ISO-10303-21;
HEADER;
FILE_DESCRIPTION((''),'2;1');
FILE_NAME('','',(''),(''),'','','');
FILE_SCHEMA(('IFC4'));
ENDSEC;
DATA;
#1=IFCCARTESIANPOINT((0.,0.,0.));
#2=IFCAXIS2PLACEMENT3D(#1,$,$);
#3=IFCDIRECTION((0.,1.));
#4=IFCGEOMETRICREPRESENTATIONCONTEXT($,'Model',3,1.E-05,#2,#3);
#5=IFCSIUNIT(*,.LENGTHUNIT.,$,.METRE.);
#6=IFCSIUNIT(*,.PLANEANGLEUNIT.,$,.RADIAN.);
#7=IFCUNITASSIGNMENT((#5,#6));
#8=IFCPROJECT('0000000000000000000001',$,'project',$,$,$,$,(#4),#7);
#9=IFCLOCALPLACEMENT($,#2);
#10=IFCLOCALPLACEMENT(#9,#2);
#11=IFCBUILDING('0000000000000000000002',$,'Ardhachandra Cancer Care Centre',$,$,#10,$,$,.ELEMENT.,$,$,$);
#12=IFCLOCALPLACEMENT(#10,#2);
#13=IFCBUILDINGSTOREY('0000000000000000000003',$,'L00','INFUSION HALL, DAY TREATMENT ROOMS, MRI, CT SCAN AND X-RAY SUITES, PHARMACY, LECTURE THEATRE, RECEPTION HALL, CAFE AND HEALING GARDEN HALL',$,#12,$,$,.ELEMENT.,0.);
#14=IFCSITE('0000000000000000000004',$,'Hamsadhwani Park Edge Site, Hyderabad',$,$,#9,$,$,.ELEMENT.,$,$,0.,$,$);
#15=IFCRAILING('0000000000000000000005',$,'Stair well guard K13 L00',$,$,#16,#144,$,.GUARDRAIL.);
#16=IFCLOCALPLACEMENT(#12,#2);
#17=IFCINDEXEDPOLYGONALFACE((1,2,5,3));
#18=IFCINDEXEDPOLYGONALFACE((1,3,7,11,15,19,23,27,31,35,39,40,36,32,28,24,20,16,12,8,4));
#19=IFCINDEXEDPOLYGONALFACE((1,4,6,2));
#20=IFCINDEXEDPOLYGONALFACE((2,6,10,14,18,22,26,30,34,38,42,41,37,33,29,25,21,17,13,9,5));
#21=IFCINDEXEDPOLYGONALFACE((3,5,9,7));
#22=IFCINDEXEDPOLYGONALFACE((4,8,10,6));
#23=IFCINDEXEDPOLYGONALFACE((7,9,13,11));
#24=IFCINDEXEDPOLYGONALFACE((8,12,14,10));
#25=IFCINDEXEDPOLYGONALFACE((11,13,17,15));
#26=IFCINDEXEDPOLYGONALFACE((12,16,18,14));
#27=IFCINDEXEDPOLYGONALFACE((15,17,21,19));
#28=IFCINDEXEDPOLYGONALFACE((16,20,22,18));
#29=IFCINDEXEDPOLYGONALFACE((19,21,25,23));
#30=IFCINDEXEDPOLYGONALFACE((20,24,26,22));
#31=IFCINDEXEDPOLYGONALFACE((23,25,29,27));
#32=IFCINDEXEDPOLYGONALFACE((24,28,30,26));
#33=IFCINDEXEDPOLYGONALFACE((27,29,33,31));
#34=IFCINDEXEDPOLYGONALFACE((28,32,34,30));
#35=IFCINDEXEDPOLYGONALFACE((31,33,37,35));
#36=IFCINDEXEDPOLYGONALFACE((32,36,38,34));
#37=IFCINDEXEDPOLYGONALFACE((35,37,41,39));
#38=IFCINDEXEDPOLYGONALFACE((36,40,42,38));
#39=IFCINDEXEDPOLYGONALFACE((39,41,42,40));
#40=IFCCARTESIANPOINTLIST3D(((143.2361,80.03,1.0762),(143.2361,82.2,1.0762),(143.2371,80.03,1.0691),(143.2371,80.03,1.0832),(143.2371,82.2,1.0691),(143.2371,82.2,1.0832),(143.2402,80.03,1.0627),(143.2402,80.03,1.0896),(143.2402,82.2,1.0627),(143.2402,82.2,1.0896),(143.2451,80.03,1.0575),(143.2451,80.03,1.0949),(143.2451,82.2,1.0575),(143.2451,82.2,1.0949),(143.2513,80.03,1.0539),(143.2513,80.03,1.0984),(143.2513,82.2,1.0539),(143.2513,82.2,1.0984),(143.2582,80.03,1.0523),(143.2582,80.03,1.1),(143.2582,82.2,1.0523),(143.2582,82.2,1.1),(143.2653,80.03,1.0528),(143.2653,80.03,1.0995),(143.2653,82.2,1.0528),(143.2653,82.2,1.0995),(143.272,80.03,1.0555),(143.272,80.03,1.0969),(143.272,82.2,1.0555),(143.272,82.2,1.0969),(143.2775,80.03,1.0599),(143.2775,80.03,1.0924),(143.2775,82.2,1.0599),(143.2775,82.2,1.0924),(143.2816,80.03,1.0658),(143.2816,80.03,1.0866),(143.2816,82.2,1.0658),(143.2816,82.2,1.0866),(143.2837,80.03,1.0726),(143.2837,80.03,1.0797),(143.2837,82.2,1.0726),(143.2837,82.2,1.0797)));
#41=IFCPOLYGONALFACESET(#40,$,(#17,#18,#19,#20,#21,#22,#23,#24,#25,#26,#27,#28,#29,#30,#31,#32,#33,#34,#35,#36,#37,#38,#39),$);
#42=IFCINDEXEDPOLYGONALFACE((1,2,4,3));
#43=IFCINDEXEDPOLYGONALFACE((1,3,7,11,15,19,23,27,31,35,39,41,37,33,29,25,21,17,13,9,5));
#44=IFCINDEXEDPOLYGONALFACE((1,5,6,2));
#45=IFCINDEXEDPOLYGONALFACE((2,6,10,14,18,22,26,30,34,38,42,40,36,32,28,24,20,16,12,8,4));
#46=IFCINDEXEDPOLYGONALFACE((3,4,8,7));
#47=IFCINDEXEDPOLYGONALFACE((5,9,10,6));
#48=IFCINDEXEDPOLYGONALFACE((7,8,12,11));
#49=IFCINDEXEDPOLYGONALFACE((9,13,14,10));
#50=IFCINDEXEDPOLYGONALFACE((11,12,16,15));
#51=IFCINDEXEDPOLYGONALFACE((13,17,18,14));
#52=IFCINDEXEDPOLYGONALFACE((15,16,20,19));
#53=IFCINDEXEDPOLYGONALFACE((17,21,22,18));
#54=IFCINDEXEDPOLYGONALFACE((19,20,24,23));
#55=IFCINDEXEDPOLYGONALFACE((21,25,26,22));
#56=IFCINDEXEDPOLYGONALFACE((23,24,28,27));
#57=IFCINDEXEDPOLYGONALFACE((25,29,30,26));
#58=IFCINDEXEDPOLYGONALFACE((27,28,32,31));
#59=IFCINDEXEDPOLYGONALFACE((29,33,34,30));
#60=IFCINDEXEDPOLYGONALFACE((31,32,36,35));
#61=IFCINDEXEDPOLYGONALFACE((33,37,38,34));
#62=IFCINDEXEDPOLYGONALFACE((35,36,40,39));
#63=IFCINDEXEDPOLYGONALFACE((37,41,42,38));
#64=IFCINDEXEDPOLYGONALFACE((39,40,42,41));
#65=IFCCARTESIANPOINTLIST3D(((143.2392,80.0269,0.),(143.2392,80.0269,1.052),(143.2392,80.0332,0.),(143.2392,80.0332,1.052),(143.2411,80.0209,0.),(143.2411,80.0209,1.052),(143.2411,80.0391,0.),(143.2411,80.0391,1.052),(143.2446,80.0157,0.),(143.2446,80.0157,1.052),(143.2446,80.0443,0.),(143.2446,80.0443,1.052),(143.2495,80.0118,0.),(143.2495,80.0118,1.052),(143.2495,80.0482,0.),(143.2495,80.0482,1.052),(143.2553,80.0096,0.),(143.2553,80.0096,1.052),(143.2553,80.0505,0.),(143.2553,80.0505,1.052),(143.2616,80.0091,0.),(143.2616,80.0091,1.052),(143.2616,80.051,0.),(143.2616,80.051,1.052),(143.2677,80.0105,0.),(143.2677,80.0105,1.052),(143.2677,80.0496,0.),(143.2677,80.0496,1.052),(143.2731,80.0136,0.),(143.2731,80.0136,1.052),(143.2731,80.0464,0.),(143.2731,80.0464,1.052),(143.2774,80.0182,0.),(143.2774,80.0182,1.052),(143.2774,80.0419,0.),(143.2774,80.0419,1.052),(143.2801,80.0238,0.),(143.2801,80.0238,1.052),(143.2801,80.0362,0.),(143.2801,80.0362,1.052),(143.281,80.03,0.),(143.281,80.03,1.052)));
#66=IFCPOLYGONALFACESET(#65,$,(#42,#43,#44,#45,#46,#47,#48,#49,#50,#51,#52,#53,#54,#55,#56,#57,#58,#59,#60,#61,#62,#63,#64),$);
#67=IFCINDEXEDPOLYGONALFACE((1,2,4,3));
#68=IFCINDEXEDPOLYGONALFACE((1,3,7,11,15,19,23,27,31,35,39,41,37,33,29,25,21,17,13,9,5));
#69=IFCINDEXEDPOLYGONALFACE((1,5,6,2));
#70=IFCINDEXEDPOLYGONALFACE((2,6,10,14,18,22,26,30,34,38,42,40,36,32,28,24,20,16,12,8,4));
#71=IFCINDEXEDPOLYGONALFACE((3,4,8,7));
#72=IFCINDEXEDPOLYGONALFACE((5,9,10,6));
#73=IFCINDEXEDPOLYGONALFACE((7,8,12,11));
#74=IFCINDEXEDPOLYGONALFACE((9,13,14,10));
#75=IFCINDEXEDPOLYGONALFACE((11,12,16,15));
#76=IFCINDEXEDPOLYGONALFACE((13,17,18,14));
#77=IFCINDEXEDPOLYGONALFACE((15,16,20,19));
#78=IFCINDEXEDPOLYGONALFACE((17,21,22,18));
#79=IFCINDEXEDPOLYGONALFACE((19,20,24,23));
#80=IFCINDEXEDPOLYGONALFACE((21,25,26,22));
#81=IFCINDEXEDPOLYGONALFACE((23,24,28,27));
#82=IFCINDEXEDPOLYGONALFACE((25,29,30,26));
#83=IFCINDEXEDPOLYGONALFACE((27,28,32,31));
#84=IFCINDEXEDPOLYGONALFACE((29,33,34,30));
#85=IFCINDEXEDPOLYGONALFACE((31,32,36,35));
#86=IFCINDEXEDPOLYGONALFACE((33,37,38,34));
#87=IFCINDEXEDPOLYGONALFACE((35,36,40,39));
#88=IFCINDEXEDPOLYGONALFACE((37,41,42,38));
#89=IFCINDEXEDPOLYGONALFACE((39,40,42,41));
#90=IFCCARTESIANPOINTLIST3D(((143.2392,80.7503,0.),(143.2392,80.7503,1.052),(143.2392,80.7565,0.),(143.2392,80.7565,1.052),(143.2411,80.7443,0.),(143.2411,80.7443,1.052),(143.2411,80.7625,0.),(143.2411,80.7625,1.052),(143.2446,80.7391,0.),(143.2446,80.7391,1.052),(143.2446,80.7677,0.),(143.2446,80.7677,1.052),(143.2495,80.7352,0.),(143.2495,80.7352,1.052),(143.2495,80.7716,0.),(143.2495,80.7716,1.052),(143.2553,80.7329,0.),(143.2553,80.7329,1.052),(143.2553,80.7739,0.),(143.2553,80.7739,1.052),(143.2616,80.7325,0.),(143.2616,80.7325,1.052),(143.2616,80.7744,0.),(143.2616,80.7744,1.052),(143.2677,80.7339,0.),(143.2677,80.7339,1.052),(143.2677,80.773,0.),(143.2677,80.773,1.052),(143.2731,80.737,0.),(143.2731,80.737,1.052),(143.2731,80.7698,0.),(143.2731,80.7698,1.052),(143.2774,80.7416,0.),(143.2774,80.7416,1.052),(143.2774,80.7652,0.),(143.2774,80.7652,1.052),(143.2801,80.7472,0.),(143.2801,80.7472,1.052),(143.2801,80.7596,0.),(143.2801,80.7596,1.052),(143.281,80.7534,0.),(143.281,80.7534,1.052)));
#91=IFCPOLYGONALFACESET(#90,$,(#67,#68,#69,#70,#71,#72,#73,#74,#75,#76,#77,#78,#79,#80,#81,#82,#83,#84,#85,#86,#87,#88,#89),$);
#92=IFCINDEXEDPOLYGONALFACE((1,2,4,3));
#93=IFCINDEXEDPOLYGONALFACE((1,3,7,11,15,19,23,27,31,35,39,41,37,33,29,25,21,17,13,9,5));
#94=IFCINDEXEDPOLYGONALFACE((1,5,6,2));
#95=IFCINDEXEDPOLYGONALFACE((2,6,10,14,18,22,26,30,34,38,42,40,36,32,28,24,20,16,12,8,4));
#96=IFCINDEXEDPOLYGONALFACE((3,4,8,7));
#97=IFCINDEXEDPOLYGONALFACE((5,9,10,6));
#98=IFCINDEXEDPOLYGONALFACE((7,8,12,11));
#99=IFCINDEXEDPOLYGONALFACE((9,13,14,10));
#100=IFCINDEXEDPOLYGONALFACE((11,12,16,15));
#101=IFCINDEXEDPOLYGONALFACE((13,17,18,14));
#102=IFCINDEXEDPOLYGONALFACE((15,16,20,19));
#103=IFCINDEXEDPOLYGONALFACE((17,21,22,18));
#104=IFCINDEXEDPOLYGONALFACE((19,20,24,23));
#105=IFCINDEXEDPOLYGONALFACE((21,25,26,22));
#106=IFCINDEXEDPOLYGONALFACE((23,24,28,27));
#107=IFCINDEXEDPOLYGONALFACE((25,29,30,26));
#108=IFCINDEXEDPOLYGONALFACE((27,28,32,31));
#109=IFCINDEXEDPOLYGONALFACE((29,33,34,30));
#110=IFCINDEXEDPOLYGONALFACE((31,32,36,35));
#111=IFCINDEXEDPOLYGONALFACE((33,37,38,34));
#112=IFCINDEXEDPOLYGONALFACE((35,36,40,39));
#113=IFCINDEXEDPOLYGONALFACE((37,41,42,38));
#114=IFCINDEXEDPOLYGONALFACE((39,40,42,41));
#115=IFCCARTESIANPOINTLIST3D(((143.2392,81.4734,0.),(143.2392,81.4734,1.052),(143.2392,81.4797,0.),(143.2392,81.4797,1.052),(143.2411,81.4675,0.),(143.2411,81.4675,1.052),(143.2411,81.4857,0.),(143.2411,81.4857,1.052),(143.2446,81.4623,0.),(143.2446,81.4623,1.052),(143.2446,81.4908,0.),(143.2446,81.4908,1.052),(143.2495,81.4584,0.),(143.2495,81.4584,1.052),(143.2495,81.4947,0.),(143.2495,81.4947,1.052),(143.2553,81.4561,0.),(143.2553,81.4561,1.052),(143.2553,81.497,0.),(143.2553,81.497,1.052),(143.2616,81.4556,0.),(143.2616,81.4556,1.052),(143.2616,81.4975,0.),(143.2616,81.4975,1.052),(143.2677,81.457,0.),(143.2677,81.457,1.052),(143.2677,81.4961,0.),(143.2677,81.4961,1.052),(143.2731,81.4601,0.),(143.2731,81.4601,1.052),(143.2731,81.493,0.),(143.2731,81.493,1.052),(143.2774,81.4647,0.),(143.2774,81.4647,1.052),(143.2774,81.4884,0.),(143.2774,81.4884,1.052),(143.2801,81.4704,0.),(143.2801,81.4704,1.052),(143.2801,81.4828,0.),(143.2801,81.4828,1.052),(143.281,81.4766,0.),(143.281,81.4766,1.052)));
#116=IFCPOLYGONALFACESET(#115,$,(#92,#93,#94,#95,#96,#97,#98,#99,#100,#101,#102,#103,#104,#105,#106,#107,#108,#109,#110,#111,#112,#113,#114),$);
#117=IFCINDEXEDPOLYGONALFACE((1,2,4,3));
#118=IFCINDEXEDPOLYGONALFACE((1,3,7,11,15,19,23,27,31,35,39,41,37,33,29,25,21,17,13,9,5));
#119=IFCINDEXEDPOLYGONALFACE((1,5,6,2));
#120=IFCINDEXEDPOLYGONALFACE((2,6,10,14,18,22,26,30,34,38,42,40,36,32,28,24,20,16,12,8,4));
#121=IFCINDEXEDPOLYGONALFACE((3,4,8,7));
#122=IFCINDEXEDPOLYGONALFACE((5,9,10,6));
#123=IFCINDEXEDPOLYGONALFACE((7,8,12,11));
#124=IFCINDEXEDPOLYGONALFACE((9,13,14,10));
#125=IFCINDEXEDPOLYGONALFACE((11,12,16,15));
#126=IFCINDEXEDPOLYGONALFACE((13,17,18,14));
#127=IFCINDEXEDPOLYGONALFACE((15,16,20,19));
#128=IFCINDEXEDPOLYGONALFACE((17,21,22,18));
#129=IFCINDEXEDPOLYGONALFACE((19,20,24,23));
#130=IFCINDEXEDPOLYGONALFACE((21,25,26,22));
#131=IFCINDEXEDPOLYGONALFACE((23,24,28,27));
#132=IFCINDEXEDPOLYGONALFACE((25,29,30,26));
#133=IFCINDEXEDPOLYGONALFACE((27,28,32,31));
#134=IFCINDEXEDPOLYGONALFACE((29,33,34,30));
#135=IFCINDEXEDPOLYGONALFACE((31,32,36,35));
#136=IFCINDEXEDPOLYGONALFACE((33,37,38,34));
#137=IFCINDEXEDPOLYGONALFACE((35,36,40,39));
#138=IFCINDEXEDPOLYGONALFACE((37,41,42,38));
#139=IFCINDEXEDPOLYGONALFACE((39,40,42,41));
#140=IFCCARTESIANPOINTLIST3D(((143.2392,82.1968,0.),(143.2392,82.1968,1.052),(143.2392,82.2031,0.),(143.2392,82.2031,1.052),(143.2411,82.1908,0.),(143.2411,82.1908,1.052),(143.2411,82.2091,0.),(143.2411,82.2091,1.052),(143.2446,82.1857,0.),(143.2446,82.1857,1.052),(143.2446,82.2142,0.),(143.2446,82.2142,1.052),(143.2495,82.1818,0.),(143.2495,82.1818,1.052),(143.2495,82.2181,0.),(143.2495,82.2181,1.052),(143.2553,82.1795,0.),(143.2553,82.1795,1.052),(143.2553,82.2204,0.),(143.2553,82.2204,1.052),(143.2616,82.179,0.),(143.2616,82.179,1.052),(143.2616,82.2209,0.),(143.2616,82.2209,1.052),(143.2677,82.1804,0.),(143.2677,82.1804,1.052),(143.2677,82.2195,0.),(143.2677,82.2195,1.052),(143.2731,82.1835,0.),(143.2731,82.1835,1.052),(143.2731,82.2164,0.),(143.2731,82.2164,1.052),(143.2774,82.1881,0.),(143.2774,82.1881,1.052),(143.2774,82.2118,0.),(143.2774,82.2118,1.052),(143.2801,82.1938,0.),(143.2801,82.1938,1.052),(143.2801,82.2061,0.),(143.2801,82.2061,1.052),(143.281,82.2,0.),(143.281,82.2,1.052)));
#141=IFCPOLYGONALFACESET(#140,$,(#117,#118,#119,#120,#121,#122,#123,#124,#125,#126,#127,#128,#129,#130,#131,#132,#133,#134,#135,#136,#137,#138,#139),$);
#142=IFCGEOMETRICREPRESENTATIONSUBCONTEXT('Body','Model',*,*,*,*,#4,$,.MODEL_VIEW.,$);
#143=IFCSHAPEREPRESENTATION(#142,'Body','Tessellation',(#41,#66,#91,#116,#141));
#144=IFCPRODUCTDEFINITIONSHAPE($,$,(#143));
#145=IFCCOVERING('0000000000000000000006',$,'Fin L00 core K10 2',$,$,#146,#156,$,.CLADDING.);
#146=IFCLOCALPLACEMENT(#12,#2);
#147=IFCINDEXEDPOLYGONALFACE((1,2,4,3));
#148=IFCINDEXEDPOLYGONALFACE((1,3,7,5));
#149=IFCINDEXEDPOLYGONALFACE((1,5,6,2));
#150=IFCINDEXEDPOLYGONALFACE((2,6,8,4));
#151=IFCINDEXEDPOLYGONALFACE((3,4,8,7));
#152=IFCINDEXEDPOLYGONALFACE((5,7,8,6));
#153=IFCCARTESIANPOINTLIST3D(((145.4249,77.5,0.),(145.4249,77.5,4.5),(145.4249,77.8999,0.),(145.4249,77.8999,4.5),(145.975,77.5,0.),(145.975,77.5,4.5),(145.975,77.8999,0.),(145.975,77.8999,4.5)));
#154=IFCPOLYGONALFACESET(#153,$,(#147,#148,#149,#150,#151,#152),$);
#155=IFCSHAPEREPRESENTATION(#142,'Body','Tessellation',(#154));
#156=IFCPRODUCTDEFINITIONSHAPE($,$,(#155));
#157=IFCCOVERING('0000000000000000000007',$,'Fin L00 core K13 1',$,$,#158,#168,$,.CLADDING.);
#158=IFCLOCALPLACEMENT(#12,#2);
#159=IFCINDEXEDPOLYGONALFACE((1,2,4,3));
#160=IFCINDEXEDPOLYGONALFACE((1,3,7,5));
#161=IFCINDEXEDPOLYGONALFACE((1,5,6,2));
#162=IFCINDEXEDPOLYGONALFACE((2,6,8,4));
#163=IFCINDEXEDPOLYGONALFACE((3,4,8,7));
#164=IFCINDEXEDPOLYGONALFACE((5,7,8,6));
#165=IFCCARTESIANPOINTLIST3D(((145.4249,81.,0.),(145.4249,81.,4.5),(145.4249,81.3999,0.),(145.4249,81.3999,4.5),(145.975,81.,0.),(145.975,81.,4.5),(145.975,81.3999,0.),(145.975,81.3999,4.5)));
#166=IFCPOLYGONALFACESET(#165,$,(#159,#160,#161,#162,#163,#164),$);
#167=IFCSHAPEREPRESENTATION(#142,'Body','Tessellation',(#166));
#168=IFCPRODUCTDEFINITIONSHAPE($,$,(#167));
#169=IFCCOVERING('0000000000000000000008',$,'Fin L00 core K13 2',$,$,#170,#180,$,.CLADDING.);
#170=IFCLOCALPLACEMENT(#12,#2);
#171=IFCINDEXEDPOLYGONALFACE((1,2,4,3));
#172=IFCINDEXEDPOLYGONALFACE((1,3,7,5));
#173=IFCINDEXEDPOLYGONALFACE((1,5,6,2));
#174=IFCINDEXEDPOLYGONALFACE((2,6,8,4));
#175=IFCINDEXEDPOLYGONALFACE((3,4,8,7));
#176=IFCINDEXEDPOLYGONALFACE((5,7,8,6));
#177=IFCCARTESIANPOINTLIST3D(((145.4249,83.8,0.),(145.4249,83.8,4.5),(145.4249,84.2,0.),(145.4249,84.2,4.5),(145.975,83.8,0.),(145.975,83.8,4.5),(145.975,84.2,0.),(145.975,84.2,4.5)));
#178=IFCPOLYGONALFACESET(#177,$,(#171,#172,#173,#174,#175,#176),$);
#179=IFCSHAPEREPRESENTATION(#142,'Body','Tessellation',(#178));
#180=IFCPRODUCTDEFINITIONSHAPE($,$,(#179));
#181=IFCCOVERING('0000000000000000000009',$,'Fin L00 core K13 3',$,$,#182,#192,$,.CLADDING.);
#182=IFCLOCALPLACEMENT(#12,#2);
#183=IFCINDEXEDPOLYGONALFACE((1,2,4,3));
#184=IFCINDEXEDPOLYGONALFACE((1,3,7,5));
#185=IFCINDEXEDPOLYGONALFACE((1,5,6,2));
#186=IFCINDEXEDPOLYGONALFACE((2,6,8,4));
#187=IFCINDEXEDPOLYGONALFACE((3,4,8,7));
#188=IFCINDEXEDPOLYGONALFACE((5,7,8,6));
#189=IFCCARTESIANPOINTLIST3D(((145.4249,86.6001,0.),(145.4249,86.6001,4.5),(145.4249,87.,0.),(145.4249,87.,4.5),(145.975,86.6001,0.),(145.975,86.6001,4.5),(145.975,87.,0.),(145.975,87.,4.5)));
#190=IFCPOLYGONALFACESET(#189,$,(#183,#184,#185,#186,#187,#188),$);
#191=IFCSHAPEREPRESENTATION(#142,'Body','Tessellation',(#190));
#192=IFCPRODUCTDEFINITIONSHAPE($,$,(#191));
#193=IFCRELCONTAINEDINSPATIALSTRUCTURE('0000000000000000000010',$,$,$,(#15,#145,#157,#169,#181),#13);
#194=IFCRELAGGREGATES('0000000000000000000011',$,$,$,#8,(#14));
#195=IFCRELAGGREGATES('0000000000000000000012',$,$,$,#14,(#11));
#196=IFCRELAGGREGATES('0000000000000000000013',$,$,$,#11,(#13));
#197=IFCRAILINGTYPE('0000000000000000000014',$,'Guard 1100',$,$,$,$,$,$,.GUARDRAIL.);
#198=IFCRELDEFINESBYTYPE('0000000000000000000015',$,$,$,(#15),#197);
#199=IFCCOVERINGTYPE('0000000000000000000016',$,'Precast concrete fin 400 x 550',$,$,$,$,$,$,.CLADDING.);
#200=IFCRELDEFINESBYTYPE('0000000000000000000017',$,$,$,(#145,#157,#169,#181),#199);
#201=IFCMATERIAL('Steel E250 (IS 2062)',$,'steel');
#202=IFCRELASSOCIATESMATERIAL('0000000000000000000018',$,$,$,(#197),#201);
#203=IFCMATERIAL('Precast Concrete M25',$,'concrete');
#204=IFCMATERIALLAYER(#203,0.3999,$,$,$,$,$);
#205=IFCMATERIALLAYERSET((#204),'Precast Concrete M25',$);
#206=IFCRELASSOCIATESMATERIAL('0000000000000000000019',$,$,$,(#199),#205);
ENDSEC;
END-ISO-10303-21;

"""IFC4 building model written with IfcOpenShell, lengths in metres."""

from ifc_helpers import new_model, si_unit, direction, frame, origin, origin_2d, place, context, subcontext, project, spatial, rectangle, circle, extrude, material, layer, layer_set, type_object, element, save


model = new_model("IFC4")

# Units and contexts
model_context = context("Model", 3, precision=1e-05, world=origin(), true_north=direction((0.0, 1.0)))
body_context = subcontext(model_context, "Body", "Model", "MODEL_VIEW")
ifc_project = project(units=[si_unit("LENGTHUNIT", "METRE"), si_unit("PLANEANGLEUNIT", "RADIAN")], contexts=[model_context])

# Site, building, storey
site_placement = place(None, origin())
site = spatial("IfcSite", under=ifc_project, at=site_placement, Name="Hamsadhwani Park Edge Site, Hyderabad", CompositionType="ELEMENT", RefElevation=0.0)
building_placement = place(site_placement, origin())
building = spatial("IfcBuilding", under=site, at=building_placement, Name="Ardhachandra Cancer Care Centre", CompositionType="ELEMENT")
storey_placement = place(building_placement, origin())
storey = spatial("IfcBuildingStorey", under=building, at=storey_placement, Name="L00", Description="INFUSION HALL, DAY TREATMENT ROOMS, MRI, CT SCAN AND X-RAY SUITES, PHARMACY, LECTURE THEATRE, RECEPTION HALL, CAFE AND HEALING GARDEN HALL", CompositionType="ELEMENT", Elevation=0.0)

# Railing
ifc_material_1 = material(Name="Steel E250 (IS 2062)", Category="steel")
railing_type_1 = type_object("IfcRailingType", Name="Guard 1100", PredefinedType="GUARDRAIL", material=ifc_material_1)
railing_1_placement = place(storey_placement, frame((143.26, 80.03, 0.0)))
element("IfcRailing", 1, at=railing_1_placement, inside=storey, type_object=railing_type_1, Name="Stair well guard K13 L00", PredefinedType="GUARDRAIL", context=body_context, shape_type="SweptSolid", body=[
    extrude(circle(Radius=0.0239, at=origin_2d()), frame((0.0, 0.0, 1.0762), z_axis=(0.0, 1.0, 0.0), x_axis=(-1.0, 0.0, 0.0)), (0.0, 0.0, 1.0), 2.1699),
    extrude(circle(Radius=0.021, at=origin_2d()), origin(), (0.0, 0.0, 1.0), 1.052),
    extrude(circle(Radius=0.021, at=origin_2d()), frame((0.0, 0.7234, 0.0)), (0.0, 0.0, 1.0), 1.052),
    extrude(circle(Radius=0.021, at=origin_2d()), frame((0.0, 1.4465, 0.0)), (0.0, 0.0, 1.0), 1.052),
    extrude(circle(Radius=0.021, at=origin_2d()), frame((0.0, 2.1699, 0.0)), (0.0, 0.0, 1.0), 1.052),
])

# Coverings
ifc_material_2 = material(Name="Precast Concrete M25", Category="concrete")
ifc_layer_1 = layer(ifc_material_2, 0.3999)
ifc_layer_set_1 = layer_set([ifc_layer_1], Name="Precast Concrete M25")
covering_type = type_object("IfcCoveringType", Name="Precast concrete fin 400 x 550", PredefinedType="CLADDING", material=ifc_layer_set_1)
for number, where, z_axis, x_axis, name in (
    (2, (145.7, 77.7, 0.0), (0.0, 0.0, 1.0), (0.0, 1.0, 0.0), "Fin L00 core K10 2"),
    (3, (145.7, 81.2, 0.0), (0.0, 0.0, 1.0), (0.0, 1.0, 0.0), "Fin L00 core K13 1"),
    (4, (145.7, 84.0, 0.0), (0.0, 0.0, 1.0), (0.0, 1.0, 0.0), "Fin L00 core K13 2"),
    (5, (145.7, 86.8, 0.0), (0.0, 0.0, 1.0), (0.0, 1.0, 0.0), "Fin L00 core K13 3"),
):
    element("IfcCovering", number, at=place(storey_placement, frame(where, z_axis=z_axis, x_axis=x_axis)), inside=storey, type_object=covering_type, Name=name, PredefinedType="CLADDING", context=body_context, shape_type="SweptSolid", body=[
        extrude(rectangle(XDim=0.3999, YDim=0.55, at=origin_2d()), origin(), (0.0, 0.0, 1.0), 4.5),
    ])

save(model, "model.ifc")
